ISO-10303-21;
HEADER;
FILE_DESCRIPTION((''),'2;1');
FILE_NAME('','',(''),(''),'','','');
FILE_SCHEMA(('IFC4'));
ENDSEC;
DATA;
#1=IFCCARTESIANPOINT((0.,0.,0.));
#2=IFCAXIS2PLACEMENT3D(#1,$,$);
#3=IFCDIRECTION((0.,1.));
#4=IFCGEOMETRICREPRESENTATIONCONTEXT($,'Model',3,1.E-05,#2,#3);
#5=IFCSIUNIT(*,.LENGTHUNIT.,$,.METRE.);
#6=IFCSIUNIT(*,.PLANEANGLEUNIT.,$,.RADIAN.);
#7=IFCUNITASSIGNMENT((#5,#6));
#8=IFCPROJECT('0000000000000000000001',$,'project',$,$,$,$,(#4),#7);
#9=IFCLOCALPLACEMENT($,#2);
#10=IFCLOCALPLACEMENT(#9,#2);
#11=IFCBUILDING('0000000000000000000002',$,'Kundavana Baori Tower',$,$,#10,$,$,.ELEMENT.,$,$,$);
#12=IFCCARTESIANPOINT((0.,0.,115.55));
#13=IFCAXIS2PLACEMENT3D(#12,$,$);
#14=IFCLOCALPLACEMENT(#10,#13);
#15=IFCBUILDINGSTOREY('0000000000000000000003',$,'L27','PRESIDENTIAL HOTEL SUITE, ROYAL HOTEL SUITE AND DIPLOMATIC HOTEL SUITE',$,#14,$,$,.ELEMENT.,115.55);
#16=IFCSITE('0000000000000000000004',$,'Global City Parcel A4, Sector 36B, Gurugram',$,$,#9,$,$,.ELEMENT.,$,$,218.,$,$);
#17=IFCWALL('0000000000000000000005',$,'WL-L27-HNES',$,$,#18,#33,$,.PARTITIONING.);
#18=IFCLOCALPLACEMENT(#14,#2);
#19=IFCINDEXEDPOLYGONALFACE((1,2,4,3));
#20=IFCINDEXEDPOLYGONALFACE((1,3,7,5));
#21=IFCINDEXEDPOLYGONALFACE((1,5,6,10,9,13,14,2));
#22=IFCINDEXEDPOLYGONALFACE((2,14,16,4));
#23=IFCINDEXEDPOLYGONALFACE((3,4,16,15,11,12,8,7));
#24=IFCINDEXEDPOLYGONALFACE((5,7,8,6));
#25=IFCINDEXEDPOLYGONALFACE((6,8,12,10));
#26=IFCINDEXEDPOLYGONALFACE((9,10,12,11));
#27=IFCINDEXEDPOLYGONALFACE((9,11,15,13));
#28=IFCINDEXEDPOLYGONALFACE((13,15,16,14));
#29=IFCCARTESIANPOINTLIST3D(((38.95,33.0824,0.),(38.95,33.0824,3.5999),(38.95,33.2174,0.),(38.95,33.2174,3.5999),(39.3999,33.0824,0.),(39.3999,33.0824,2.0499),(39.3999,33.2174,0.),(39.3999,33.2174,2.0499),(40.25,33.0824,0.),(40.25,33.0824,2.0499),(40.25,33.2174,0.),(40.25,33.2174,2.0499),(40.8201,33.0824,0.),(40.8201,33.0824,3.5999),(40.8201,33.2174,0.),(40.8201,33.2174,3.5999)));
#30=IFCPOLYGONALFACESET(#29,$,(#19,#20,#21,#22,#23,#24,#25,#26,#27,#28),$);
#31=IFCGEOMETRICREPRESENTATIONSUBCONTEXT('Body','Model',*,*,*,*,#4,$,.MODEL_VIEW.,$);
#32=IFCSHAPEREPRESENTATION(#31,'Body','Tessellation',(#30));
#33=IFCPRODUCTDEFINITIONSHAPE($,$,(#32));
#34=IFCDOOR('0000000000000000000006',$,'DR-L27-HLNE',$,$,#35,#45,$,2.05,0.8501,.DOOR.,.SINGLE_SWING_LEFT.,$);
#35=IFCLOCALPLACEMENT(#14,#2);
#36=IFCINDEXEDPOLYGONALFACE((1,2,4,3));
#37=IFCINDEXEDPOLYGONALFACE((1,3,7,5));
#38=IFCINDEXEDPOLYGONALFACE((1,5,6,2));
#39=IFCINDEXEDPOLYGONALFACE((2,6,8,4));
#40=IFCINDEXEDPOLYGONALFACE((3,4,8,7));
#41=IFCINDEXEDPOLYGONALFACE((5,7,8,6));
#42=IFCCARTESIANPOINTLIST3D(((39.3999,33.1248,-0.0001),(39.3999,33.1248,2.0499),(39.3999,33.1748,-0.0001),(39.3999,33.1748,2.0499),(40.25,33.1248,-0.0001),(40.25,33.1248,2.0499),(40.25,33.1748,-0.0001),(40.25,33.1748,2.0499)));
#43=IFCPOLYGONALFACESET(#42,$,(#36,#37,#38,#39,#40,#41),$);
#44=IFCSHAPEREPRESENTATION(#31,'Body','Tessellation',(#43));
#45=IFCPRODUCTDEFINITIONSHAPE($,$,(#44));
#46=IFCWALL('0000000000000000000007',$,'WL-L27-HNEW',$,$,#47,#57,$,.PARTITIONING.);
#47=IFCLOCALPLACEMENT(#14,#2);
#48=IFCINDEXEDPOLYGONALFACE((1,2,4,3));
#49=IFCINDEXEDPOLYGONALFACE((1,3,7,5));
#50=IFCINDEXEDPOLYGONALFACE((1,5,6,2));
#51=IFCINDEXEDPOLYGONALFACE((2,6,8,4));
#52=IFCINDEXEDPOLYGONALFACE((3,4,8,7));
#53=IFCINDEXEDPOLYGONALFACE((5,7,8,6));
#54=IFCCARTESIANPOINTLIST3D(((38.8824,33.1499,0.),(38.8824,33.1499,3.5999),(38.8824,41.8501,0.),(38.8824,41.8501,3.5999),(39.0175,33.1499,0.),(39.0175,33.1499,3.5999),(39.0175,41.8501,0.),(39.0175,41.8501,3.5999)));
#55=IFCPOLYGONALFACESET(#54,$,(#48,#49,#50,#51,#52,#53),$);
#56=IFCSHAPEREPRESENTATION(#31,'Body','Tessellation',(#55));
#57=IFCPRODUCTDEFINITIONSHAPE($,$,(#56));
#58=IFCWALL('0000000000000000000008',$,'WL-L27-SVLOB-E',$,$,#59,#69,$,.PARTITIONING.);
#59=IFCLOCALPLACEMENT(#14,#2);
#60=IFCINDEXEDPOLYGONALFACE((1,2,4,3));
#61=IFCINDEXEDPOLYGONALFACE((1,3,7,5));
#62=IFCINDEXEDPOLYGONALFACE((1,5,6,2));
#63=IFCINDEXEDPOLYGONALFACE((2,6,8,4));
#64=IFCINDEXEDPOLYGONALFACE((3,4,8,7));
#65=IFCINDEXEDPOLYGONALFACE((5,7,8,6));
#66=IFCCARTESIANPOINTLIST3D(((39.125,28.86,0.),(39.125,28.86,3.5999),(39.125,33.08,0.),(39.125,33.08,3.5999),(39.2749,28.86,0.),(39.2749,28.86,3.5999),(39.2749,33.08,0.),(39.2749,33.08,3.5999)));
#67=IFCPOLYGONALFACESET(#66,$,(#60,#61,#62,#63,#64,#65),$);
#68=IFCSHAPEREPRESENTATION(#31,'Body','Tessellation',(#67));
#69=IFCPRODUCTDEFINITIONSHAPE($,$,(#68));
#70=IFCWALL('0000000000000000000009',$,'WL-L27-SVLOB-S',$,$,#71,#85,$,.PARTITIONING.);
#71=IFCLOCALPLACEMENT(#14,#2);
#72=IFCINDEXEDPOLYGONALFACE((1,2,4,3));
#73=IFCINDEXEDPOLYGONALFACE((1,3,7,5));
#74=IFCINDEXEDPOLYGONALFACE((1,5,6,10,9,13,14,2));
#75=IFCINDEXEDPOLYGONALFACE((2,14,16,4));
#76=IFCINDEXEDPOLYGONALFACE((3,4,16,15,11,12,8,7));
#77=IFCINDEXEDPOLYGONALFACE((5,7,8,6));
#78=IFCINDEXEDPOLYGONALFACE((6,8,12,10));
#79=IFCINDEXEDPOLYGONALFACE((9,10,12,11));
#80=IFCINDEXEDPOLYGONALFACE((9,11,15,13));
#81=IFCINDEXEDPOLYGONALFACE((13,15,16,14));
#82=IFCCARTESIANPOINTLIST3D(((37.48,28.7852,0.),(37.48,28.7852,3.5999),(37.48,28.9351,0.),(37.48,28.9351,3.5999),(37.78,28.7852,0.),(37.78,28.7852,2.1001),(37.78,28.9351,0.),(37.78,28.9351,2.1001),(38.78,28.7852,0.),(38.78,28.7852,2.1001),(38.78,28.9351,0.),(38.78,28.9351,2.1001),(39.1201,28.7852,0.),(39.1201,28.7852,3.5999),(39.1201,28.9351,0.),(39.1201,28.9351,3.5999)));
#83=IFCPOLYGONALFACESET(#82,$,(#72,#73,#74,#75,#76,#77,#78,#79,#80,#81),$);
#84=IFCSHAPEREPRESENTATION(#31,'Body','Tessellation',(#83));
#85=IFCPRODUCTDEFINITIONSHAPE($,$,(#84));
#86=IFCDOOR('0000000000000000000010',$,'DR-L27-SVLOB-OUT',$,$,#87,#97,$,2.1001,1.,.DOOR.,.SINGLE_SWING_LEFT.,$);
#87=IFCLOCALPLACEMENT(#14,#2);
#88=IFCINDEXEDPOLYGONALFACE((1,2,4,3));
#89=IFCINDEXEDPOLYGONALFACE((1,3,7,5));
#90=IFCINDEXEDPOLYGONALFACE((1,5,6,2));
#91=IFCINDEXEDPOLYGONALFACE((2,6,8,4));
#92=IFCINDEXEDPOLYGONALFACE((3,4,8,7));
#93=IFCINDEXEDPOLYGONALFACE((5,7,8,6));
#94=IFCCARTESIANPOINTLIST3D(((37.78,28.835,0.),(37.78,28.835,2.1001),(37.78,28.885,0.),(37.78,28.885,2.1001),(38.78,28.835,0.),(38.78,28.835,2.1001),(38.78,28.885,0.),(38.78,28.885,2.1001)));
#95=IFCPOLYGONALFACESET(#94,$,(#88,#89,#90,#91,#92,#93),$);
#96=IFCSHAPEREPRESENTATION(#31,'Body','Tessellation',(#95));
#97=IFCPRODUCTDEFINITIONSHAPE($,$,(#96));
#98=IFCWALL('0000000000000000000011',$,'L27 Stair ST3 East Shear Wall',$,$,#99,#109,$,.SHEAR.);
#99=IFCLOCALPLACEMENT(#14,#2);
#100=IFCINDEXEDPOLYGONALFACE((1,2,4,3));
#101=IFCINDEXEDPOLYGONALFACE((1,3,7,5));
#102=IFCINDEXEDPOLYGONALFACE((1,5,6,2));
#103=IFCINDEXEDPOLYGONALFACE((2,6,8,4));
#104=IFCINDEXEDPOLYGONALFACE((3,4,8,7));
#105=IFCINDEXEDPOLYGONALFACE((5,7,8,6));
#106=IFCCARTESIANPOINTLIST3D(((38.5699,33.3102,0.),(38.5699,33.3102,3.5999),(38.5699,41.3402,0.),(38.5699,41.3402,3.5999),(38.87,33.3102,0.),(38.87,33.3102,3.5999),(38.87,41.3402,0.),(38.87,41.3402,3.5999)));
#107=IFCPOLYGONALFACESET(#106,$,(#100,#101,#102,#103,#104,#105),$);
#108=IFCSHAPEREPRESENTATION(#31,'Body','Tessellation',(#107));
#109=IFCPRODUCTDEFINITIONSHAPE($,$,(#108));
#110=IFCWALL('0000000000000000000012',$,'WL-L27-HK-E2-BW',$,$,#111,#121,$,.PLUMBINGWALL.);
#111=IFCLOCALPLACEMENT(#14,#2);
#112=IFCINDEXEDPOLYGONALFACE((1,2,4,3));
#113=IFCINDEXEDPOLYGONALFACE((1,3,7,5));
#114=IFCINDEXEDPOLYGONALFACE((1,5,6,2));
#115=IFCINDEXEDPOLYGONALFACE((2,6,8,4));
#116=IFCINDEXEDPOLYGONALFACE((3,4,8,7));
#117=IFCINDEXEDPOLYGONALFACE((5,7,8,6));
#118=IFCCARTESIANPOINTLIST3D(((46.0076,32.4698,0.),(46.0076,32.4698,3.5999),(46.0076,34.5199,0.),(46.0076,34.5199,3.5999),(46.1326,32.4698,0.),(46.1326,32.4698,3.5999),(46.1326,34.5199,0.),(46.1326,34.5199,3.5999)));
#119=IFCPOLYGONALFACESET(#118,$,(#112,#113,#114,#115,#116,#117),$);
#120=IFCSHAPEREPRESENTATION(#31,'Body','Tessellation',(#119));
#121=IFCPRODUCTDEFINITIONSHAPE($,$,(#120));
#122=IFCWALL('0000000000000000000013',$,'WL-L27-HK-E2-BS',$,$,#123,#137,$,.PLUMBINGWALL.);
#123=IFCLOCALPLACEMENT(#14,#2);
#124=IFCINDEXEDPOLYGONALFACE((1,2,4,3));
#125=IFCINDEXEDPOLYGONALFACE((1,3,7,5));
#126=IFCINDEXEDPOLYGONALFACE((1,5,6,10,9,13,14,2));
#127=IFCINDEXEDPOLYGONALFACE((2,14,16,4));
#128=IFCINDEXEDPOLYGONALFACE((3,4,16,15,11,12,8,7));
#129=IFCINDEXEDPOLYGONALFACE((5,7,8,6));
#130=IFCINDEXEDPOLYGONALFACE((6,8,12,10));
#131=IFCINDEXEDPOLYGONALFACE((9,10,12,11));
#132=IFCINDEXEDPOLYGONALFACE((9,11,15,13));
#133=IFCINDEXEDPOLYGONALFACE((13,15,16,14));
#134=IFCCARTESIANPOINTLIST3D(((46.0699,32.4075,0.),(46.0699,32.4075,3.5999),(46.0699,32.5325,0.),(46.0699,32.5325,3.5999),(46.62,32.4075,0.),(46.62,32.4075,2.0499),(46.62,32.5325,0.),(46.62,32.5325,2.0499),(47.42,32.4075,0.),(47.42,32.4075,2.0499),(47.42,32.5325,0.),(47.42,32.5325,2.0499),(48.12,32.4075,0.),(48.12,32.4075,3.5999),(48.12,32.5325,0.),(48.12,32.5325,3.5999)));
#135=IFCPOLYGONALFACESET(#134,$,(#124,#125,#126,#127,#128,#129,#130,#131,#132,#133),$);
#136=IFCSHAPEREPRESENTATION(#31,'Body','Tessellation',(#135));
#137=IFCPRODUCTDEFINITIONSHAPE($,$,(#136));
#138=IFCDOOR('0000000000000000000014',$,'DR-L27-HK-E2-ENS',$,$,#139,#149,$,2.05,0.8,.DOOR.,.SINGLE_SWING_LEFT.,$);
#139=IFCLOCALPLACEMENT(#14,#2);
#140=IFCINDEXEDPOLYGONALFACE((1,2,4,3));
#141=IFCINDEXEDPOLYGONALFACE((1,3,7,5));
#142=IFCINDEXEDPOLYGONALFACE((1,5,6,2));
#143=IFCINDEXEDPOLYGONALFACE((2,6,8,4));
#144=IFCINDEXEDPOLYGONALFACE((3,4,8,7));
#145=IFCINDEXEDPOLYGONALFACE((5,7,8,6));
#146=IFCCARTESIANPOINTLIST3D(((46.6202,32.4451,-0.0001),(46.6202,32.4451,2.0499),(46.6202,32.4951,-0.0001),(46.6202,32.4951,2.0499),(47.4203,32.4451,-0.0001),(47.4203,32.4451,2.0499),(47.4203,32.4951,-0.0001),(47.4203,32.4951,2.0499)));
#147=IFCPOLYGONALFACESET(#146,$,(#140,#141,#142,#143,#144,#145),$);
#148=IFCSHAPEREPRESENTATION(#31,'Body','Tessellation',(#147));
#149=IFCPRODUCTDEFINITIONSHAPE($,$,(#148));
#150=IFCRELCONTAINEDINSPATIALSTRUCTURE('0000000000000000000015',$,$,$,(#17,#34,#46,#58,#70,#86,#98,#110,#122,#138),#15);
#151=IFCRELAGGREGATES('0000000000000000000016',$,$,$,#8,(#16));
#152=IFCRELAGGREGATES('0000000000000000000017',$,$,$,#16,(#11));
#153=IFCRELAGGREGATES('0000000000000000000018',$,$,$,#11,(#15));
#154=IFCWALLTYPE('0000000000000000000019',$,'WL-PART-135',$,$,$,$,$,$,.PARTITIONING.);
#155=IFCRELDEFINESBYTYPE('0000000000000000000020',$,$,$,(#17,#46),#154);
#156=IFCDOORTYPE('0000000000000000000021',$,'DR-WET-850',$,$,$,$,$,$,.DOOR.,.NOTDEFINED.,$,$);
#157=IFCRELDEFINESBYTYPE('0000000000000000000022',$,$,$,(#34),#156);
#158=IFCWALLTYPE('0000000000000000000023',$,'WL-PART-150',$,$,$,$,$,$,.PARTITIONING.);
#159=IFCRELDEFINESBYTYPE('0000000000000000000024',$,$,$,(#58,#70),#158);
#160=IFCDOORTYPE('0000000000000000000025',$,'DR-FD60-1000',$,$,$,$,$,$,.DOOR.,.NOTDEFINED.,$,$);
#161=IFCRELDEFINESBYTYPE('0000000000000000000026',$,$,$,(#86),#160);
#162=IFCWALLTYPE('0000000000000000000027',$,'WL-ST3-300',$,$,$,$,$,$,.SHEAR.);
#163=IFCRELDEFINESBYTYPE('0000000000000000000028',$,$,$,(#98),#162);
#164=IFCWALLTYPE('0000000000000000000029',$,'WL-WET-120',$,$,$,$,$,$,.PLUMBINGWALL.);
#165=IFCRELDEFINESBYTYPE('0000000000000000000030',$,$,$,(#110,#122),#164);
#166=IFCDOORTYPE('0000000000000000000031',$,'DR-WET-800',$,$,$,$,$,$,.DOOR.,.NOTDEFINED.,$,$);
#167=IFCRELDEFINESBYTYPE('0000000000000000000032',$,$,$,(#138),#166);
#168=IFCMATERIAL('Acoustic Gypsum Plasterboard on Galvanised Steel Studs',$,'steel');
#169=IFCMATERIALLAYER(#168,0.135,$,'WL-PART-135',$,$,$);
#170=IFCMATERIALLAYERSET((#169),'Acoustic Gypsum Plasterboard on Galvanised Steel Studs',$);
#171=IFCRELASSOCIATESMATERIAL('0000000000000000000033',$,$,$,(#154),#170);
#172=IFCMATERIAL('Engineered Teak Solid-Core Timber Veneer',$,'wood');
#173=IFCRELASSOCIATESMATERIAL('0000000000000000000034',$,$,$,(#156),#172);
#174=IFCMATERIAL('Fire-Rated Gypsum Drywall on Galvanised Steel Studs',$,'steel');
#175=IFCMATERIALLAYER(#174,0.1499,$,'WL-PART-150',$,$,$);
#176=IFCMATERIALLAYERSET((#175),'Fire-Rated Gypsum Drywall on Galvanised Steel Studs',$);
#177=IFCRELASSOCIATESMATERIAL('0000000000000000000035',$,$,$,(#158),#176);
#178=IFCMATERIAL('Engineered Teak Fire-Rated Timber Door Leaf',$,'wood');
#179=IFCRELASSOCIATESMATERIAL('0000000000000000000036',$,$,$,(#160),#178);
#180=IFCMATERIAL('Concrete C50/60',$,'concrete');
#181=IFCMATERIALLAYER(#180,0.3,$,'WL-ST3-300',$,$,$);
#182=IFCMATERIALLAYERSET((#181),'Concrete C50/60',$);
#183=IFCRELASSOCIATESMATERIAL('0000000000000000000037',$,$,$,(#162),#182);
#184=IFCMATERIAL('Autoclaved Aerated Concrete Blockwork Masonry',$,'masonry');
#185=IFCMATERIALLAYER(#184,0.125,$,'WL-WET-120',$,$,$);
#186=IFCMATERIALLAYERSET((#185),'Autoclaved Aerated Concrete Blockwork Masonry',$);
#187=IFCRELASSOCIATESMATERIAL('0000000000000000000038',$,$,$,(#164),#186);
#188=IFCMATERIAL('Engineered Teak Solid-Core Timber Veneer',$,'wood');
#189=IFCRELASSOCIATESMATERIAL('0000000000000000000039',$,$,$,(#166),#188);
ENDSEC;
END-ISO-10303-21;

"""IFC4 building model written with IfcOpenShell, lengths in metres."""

from ifc_helpers import new_model, si_unit, direction, frame, frame_2d, origin, place, context, subcontext, project, spatial, rectangle, extrude, material, layer, layer_set, type_object, element, fill, save


model = new_model("IFC4")

# Units and contexts
model_context = context("Model", 3, precision=1e-05, world=origin(), true_north=direction((0.0, 1.0)))
body_context = subcontext(model_context, "Body", "Model", "MODEL_VIEW")
ifc_project = project(units=[si_unit("LENGTHUNIT", "METRE"), si_unit("PLANEANGLEUNIT", "RADIAN")], contexts=[model_context])

# Site, building, storey
site_placement = place(None, origin())
site = spatial("IfcSite", under=ifc_project, at=site_placement, Name="Global City Parcel A4, Sector 36B, Gurugram", CompositionType="ELEMENT", RefElevation=218.0)
building_placement = place(site_placement, origin())
building = spatial("IfcBuilding", under=site, at=building_placement, Name="Kundavana Baori Tower", CompositionType="ELEMENT")
storey_placement = place(building_placement, frame((0.0, 0.0, 115.55)))
storey = spatial("IfcBuildingStorey", under=building, at=storey_placement, Name="L27", Description="PRESIDENTIAL HOTEL SUITE, ROYAL HOTEL SUITE AND DIPLOMATIC HOTEL SUITE", CompositionType="ELEMENT", Elevation=115.55)

# Shared definitions
ifc_material_1 = material(Name="Acoustic Gypsum Plasterboard on Galvanised Steel Studs", Category="steel")
ifc_layer_1 = layer(ifc_material_1, 0.135, Name="WL-PART-135")
ifc_layer_set_1 = layer_set([ifc_layer_1], Name="Acoustic Gypsum Plasterboard on Galvanised Steel Studs")
wall_type_1 = type_object("IfcWallType", Name="WL-PART-135", PredefinedType="PARTITIONING", material=ifc_layer_set_1)

# Wall, opening, door
wall_1_placement = place(storey_placement, frame((38.95, 33.1499, 0.0), z_axis=(0.0, 0.0, 1.0), x_axis=(1.0, 0.0, 0.0)))
wall_1 = element("IfcWall", 1, at=wall_1_placement, inside=storey, type_object=wall_type_1, Name="WL-L27-HNES", PredefinedType="PARTITIONING", context=body_context, shape_type="SweptSolid", body=[
    extrude(rectangle(XDim=1.8701, YDim=0.135, at=frame_2d((0.9351, 0.0))), origin(), (0.0, 0.0, 1.0), 3.5999),
])
opening_1_placement = place(wall_1_placement, frame((0.45, 0.0, 0.0)))
opening_1 = element("IfcOpeningElement", 2, at=opening_1_placement, cuts=wall_1, PredefinedType="OPENING", context=body_context, shape_type="SweptSolid", body=[
    extrude(rectangle(XDim=0.8501, YDim=2.05, at=frame_2d((0.425, 1.0249))), frame((0.0, 0.0776, 0.0), z_axis=(0.0, -1.0, 0.0), x_axis=(1.0, 0.0, 0.0)), (0.0, 0.0, 1.0), 0.155),
])
ifc_material_2 = material(Name="Engineered Teak Solid-Core Timber Veneer", Category="wood")
door_type_1 = type_object("IfcDoorType", Name="DR-WET-850", OperationType="NOTDEFINED", PredefinedType="DOOR", material=ifc_material_2)
door_1_placement = place(opening_1_placement, origin())
door_1 = element("IfcDoor", 3, at=door_1_placement, inside=storey, type_object=door_type_1, Name="DR-L27-HLNE", OperationType="SINGLE_SWING_LEFT", OverallHeight=2.05, OverallWidth=0.8501, PredefinedType="DOOR", context=body_context, shape_type="SweptSolid", body=[
    extrude(rectangle(XDim=0.8501, YDim=2.05, at=frame_2d((0.425, 1.0249))), frame((0.0, 0.0249, 0.0), z_axis=(0.0, -1.0, 0.0), x_axis=(1.0, 0.0, 0.0)), (0.0, 0.0, 1.0), 0.05),
])
fill(opening_1, door_1)

# Walls
wall_2_placement = place(storey_placement, frame((38.95, 33.1499, 0.0), z_axis=(0.0, 0.0, 1.0), x_axis=(0.0, 1.0, 0.0)))
element("IfcWall", 4, at=wall_2_placement, inside=storey, type_object=wall_type_1, Name="WL-L27-HNEW", PredefinedType="PARTITIONING", context=body_context, shape_type="SweptSolid", body=[
    extrude(rectangle(XDim=8.7002, YDim=0.135, at=frame_2d((4.3501, 0.0))), origin(), (0.0, 0.0, 1.0), 3.5999),
])
ifc_material_3 = material(Name="Fire-Rated Gypsum Drywall on Galvanised Steel Studs", Category="steel")
ifc_layer_2 = layer(ifc_material_3, 0.1499, Name="WL-PART-150")
ifc_layer_set_2 = layer_set([ifc_layer_2], Name="Fire-Rated Gypsum Drywall on Galvanised Steel Studs")
wall_type_2 = type_object("IfcWallType", Name="WL-PART-150", PredefinedType="PARTITIONING", material=ifc_layer_set_2)
wall_3_placement = place(storey_placement, frame((39.2, 28.8601, 0.0), z_axis=(0.0, 0.0, 1.0), x_axis=(0.0, 1.0, 0.0)))
element("IfcWall", 5, at=wall_3_placement, inside=storey, type_object=wall_type_2, Name="WL-L27-SVLOB-E", PredefinedType="PARTITIONING", context=body_context, shape_type="SweptSolid", body=[
    extrude(rectangle(XDim=4.22, YDim=0.1499, at=frame_2d((2.1099, 0.0))), origin(), (0.0, 0.0, 1.0), 3.5999),
])

# Wall, opening, door
wall_4_placement = place(storey_placement, frame((37.48, 28.8601, 0.0), z_axis=(0.0, 0.0, 1.0), x_axis=(1.0, 0.0, 0.0)))
wall_4 = element("IfcWall", 6, at=wall_4_placement, inside=storey, type_object=wall_type_2, Name="WL-L27-SVLOB-S", PredefinedType="PARTITIONING", context=body_context, shape_type="SweptSolid", body=[
    extrude(rectangle(XDim=1.6401, YDim=0.1499, at=frame_2d((0.8201, 0.0))), origin(), (0.0, 0.0, 1.0), 3.5999),
])
opening_2_placement = place(wall_4_placement, frame((0.3, 0.0, 0.0)))
opening_2 = element("IfcOpeningElement", 7, at=opening_2_placement, cuts=wall_4, PredefinedType="OPENING", context=body_context, shape_type="SweptSolid", body=[
    extrude(rectangle(XDim=1.0, YDim=2.1001, at=frame_2d((0.5, 1.05))), frame((0.0, 0.085, 0.0), z_axis=(0.0, -1.0, 0.0), x_axis=(1.0, 0.0, 0.0)), (0.0, 0.0, 1.0), 0.1699),
])
ifc_material_4 = material(Name="Engineered Teak Fire-Rated Timber Door Leaf", Category="wood")
door_type_2 = type_object("IfcDoorType", Name="DR-FD60-1000", OperationType="NOTDEFINED", PredefinedType="DOOR", material=ifc_material_4)
door_2_placement = place(opening_2_placement, origin())
door_2 = element("IfcDoor", 8, at=door_2_placement, inside=storey, type_object=door_type_2, Name="DR-L27-SVLOB-OUT", OperationType="SINGLE_SWING_LEFT", OverallHeight=2.1001, OverallWidth=1.0, PredefinedType="DOOR", context=body_context, shape_type="SweptSolid", body=[
    extrude(rectangle(XDim=1.0, YDim=2.1001, at=frame_2d((0.5, 1.05))), frame((0.0, 0.0249, 0.0), z_axis=(0.0, -1.0, 0.0), x_axis=(1.0, 0.0, 0.0)), (0.0, 0.0, 1.0), 0.05),
])
fill(opening_2, door_2)

# Walls
ifc_material_5 = material(Name="Concrete C50/60", Category="concrete")
ifc_layer_3 = layer(ifc_material_5, 0.3, Name="WL-ST3-300")
ifc_layer_set_3 = layer_set([ifc_layer_3], Name="Concrete C50/60")
wall_type_3 = type_object("IfcWallType", Name="WL-ST3-300", PredefinedType="SHEAR", material=ifc_layer_set_3)
wall_5_placement = place(storey_placement, frame((38.72, 33.3101, 0.0), z_axis=(0.0, 0.0, 1.0), x_axis=(0.0, 1.0, 0.0)))
element("IfcWall", 9, at=wall_5_placement, inside=storey, type_object=wall_type_3, Name="L27 Stair ST3 East Shear Wall", PredefinedType="SHEAR", context=body_context, shape_type="SweptSolid", body=[
    extrude(rectangle(XDim=8.03, YDim=0.3, at=frame_2d((4.0151, 0.0))), origin(), (0.0, 0.0, 1.0), 3.5999),
])
ifc_material_6 = material(Name="Autoclaved Aerated Concrete Blockwork Masonry", Category="masonry")
ifc_layer_4 = layer(ifc_material_6, 0.125, Name="WL-WET-120")
ifc_layer_set_4 = layer_set([ifc_layer_4], Name="Autoclaved Aerated Concrete Blockwork Masonry")
wall_type_4 = type_object("IfcWallType", Name="WL-WET-120", PredefinedType="PLUMBINGWALL", material=ifc_layer_set_4)
wall_6_placement = place(storey_placement, frame((46.0701, 32.47, 0.0), z_axis=(0.0, 0.0, 1.0), x_axis=(0.0, 1.0, 0.0)))
element("IfcWall", 10, at=wall_6_placement, inside=storey, type_object=wall_type_4, Name="WL-L27-HK-E2-BW", PredefinedType="PLUMBINGWALL", context=body_context, shape_type="SweptSolid", body=[
    extrude(rectangle(XDim=2.05, YDim=0.125, at=frame_2d((1.0249, 0.0))), origin(), (0.0, 0.0, 1.0), 3.5999),
])

# Wall, opening, door
wall_7_placement = place(storey_placement, frame((46.0701, 32.47, 0.0), z_axis=(0.0, 0.0, 1.0), x_axis=(1.0, 0.0, 0.0)))
wall_7 = element("IfcWall", 11, at=wall_7_placement, inside=storey, type_object=wall_type_4, Name="WL-L27-HK-E2-BS", PredefinedType="PLUMBINGWALL", context=body_context, shape_type="SweptSolid", body=[
    extrude(rectangle(XDim=2.05, YDim=0.125, at=frame_2d((1.0249, 0.0))), origin(), (0.0, 0.0, 1.0), 3.5999),
])
opening_3_placement = place(wall_7_placement, frame((0.55, 0.0, 0.0)))
opening_3 = element("IfcOpeningElement", 12, at=opening_3_placement, cuts=wall_7, PredefinedType="OPENING", context=body_context, shape_type="SweptSolid", body=[
    extrude(rectangle(XDim=0.8, YDim=2.05, at=frame_2d((0.3999, 1.0249))), frame((0.0, 0.0725, 0.0), z_axis=(0.0, -1.0, 0.0), x_axis=(1.0, 0.0, 0.0)), (0.0, 0.0, 1.0), 0.145),
])
ifc_material_7 = material(Name="Engineered Teak Solid-Core Timber Veneer", Category="wood")
door_type_3 = type_object("IfcDoorType", Name="DR-WET-800", OperationType="NOTDEFINED", PredefinedType="DOOR", material=ifc_material_7)
door_3_placement = place(opening_3_placement, frame((0.8, 0.0, 0.0), z_axis=(0.0, 0.0, 1.0), x_axis=(-1.0, 0.0, 0.0)))
door_3 = element("IfcDoor", 13, at=door_3_placement, inside=storey, type_object=door_type_3, Name="DR-L27-HK-E2-ENS", OperationType="SINGLE_SWING_LEFT", OverallHeight=2.05, OverallWidth=0.8, PredefinedType="DOOR", context=body_context, shape_type="SweptSolid", body=[
    extrude(rectangle(XDim=0.8, YDim=2.05, at=frame_2d((0.3999, 1.0249))), frame((0.0, 0.0249, 0.0), z_axis=(0.0, -1.0, 0.0), x_axis=(1.0, 0.0, 0.0)), (0.0, 0.0, 1.0), 0.05),
])
fill(opening_3, door_3)

save(model, "model.ifc")
